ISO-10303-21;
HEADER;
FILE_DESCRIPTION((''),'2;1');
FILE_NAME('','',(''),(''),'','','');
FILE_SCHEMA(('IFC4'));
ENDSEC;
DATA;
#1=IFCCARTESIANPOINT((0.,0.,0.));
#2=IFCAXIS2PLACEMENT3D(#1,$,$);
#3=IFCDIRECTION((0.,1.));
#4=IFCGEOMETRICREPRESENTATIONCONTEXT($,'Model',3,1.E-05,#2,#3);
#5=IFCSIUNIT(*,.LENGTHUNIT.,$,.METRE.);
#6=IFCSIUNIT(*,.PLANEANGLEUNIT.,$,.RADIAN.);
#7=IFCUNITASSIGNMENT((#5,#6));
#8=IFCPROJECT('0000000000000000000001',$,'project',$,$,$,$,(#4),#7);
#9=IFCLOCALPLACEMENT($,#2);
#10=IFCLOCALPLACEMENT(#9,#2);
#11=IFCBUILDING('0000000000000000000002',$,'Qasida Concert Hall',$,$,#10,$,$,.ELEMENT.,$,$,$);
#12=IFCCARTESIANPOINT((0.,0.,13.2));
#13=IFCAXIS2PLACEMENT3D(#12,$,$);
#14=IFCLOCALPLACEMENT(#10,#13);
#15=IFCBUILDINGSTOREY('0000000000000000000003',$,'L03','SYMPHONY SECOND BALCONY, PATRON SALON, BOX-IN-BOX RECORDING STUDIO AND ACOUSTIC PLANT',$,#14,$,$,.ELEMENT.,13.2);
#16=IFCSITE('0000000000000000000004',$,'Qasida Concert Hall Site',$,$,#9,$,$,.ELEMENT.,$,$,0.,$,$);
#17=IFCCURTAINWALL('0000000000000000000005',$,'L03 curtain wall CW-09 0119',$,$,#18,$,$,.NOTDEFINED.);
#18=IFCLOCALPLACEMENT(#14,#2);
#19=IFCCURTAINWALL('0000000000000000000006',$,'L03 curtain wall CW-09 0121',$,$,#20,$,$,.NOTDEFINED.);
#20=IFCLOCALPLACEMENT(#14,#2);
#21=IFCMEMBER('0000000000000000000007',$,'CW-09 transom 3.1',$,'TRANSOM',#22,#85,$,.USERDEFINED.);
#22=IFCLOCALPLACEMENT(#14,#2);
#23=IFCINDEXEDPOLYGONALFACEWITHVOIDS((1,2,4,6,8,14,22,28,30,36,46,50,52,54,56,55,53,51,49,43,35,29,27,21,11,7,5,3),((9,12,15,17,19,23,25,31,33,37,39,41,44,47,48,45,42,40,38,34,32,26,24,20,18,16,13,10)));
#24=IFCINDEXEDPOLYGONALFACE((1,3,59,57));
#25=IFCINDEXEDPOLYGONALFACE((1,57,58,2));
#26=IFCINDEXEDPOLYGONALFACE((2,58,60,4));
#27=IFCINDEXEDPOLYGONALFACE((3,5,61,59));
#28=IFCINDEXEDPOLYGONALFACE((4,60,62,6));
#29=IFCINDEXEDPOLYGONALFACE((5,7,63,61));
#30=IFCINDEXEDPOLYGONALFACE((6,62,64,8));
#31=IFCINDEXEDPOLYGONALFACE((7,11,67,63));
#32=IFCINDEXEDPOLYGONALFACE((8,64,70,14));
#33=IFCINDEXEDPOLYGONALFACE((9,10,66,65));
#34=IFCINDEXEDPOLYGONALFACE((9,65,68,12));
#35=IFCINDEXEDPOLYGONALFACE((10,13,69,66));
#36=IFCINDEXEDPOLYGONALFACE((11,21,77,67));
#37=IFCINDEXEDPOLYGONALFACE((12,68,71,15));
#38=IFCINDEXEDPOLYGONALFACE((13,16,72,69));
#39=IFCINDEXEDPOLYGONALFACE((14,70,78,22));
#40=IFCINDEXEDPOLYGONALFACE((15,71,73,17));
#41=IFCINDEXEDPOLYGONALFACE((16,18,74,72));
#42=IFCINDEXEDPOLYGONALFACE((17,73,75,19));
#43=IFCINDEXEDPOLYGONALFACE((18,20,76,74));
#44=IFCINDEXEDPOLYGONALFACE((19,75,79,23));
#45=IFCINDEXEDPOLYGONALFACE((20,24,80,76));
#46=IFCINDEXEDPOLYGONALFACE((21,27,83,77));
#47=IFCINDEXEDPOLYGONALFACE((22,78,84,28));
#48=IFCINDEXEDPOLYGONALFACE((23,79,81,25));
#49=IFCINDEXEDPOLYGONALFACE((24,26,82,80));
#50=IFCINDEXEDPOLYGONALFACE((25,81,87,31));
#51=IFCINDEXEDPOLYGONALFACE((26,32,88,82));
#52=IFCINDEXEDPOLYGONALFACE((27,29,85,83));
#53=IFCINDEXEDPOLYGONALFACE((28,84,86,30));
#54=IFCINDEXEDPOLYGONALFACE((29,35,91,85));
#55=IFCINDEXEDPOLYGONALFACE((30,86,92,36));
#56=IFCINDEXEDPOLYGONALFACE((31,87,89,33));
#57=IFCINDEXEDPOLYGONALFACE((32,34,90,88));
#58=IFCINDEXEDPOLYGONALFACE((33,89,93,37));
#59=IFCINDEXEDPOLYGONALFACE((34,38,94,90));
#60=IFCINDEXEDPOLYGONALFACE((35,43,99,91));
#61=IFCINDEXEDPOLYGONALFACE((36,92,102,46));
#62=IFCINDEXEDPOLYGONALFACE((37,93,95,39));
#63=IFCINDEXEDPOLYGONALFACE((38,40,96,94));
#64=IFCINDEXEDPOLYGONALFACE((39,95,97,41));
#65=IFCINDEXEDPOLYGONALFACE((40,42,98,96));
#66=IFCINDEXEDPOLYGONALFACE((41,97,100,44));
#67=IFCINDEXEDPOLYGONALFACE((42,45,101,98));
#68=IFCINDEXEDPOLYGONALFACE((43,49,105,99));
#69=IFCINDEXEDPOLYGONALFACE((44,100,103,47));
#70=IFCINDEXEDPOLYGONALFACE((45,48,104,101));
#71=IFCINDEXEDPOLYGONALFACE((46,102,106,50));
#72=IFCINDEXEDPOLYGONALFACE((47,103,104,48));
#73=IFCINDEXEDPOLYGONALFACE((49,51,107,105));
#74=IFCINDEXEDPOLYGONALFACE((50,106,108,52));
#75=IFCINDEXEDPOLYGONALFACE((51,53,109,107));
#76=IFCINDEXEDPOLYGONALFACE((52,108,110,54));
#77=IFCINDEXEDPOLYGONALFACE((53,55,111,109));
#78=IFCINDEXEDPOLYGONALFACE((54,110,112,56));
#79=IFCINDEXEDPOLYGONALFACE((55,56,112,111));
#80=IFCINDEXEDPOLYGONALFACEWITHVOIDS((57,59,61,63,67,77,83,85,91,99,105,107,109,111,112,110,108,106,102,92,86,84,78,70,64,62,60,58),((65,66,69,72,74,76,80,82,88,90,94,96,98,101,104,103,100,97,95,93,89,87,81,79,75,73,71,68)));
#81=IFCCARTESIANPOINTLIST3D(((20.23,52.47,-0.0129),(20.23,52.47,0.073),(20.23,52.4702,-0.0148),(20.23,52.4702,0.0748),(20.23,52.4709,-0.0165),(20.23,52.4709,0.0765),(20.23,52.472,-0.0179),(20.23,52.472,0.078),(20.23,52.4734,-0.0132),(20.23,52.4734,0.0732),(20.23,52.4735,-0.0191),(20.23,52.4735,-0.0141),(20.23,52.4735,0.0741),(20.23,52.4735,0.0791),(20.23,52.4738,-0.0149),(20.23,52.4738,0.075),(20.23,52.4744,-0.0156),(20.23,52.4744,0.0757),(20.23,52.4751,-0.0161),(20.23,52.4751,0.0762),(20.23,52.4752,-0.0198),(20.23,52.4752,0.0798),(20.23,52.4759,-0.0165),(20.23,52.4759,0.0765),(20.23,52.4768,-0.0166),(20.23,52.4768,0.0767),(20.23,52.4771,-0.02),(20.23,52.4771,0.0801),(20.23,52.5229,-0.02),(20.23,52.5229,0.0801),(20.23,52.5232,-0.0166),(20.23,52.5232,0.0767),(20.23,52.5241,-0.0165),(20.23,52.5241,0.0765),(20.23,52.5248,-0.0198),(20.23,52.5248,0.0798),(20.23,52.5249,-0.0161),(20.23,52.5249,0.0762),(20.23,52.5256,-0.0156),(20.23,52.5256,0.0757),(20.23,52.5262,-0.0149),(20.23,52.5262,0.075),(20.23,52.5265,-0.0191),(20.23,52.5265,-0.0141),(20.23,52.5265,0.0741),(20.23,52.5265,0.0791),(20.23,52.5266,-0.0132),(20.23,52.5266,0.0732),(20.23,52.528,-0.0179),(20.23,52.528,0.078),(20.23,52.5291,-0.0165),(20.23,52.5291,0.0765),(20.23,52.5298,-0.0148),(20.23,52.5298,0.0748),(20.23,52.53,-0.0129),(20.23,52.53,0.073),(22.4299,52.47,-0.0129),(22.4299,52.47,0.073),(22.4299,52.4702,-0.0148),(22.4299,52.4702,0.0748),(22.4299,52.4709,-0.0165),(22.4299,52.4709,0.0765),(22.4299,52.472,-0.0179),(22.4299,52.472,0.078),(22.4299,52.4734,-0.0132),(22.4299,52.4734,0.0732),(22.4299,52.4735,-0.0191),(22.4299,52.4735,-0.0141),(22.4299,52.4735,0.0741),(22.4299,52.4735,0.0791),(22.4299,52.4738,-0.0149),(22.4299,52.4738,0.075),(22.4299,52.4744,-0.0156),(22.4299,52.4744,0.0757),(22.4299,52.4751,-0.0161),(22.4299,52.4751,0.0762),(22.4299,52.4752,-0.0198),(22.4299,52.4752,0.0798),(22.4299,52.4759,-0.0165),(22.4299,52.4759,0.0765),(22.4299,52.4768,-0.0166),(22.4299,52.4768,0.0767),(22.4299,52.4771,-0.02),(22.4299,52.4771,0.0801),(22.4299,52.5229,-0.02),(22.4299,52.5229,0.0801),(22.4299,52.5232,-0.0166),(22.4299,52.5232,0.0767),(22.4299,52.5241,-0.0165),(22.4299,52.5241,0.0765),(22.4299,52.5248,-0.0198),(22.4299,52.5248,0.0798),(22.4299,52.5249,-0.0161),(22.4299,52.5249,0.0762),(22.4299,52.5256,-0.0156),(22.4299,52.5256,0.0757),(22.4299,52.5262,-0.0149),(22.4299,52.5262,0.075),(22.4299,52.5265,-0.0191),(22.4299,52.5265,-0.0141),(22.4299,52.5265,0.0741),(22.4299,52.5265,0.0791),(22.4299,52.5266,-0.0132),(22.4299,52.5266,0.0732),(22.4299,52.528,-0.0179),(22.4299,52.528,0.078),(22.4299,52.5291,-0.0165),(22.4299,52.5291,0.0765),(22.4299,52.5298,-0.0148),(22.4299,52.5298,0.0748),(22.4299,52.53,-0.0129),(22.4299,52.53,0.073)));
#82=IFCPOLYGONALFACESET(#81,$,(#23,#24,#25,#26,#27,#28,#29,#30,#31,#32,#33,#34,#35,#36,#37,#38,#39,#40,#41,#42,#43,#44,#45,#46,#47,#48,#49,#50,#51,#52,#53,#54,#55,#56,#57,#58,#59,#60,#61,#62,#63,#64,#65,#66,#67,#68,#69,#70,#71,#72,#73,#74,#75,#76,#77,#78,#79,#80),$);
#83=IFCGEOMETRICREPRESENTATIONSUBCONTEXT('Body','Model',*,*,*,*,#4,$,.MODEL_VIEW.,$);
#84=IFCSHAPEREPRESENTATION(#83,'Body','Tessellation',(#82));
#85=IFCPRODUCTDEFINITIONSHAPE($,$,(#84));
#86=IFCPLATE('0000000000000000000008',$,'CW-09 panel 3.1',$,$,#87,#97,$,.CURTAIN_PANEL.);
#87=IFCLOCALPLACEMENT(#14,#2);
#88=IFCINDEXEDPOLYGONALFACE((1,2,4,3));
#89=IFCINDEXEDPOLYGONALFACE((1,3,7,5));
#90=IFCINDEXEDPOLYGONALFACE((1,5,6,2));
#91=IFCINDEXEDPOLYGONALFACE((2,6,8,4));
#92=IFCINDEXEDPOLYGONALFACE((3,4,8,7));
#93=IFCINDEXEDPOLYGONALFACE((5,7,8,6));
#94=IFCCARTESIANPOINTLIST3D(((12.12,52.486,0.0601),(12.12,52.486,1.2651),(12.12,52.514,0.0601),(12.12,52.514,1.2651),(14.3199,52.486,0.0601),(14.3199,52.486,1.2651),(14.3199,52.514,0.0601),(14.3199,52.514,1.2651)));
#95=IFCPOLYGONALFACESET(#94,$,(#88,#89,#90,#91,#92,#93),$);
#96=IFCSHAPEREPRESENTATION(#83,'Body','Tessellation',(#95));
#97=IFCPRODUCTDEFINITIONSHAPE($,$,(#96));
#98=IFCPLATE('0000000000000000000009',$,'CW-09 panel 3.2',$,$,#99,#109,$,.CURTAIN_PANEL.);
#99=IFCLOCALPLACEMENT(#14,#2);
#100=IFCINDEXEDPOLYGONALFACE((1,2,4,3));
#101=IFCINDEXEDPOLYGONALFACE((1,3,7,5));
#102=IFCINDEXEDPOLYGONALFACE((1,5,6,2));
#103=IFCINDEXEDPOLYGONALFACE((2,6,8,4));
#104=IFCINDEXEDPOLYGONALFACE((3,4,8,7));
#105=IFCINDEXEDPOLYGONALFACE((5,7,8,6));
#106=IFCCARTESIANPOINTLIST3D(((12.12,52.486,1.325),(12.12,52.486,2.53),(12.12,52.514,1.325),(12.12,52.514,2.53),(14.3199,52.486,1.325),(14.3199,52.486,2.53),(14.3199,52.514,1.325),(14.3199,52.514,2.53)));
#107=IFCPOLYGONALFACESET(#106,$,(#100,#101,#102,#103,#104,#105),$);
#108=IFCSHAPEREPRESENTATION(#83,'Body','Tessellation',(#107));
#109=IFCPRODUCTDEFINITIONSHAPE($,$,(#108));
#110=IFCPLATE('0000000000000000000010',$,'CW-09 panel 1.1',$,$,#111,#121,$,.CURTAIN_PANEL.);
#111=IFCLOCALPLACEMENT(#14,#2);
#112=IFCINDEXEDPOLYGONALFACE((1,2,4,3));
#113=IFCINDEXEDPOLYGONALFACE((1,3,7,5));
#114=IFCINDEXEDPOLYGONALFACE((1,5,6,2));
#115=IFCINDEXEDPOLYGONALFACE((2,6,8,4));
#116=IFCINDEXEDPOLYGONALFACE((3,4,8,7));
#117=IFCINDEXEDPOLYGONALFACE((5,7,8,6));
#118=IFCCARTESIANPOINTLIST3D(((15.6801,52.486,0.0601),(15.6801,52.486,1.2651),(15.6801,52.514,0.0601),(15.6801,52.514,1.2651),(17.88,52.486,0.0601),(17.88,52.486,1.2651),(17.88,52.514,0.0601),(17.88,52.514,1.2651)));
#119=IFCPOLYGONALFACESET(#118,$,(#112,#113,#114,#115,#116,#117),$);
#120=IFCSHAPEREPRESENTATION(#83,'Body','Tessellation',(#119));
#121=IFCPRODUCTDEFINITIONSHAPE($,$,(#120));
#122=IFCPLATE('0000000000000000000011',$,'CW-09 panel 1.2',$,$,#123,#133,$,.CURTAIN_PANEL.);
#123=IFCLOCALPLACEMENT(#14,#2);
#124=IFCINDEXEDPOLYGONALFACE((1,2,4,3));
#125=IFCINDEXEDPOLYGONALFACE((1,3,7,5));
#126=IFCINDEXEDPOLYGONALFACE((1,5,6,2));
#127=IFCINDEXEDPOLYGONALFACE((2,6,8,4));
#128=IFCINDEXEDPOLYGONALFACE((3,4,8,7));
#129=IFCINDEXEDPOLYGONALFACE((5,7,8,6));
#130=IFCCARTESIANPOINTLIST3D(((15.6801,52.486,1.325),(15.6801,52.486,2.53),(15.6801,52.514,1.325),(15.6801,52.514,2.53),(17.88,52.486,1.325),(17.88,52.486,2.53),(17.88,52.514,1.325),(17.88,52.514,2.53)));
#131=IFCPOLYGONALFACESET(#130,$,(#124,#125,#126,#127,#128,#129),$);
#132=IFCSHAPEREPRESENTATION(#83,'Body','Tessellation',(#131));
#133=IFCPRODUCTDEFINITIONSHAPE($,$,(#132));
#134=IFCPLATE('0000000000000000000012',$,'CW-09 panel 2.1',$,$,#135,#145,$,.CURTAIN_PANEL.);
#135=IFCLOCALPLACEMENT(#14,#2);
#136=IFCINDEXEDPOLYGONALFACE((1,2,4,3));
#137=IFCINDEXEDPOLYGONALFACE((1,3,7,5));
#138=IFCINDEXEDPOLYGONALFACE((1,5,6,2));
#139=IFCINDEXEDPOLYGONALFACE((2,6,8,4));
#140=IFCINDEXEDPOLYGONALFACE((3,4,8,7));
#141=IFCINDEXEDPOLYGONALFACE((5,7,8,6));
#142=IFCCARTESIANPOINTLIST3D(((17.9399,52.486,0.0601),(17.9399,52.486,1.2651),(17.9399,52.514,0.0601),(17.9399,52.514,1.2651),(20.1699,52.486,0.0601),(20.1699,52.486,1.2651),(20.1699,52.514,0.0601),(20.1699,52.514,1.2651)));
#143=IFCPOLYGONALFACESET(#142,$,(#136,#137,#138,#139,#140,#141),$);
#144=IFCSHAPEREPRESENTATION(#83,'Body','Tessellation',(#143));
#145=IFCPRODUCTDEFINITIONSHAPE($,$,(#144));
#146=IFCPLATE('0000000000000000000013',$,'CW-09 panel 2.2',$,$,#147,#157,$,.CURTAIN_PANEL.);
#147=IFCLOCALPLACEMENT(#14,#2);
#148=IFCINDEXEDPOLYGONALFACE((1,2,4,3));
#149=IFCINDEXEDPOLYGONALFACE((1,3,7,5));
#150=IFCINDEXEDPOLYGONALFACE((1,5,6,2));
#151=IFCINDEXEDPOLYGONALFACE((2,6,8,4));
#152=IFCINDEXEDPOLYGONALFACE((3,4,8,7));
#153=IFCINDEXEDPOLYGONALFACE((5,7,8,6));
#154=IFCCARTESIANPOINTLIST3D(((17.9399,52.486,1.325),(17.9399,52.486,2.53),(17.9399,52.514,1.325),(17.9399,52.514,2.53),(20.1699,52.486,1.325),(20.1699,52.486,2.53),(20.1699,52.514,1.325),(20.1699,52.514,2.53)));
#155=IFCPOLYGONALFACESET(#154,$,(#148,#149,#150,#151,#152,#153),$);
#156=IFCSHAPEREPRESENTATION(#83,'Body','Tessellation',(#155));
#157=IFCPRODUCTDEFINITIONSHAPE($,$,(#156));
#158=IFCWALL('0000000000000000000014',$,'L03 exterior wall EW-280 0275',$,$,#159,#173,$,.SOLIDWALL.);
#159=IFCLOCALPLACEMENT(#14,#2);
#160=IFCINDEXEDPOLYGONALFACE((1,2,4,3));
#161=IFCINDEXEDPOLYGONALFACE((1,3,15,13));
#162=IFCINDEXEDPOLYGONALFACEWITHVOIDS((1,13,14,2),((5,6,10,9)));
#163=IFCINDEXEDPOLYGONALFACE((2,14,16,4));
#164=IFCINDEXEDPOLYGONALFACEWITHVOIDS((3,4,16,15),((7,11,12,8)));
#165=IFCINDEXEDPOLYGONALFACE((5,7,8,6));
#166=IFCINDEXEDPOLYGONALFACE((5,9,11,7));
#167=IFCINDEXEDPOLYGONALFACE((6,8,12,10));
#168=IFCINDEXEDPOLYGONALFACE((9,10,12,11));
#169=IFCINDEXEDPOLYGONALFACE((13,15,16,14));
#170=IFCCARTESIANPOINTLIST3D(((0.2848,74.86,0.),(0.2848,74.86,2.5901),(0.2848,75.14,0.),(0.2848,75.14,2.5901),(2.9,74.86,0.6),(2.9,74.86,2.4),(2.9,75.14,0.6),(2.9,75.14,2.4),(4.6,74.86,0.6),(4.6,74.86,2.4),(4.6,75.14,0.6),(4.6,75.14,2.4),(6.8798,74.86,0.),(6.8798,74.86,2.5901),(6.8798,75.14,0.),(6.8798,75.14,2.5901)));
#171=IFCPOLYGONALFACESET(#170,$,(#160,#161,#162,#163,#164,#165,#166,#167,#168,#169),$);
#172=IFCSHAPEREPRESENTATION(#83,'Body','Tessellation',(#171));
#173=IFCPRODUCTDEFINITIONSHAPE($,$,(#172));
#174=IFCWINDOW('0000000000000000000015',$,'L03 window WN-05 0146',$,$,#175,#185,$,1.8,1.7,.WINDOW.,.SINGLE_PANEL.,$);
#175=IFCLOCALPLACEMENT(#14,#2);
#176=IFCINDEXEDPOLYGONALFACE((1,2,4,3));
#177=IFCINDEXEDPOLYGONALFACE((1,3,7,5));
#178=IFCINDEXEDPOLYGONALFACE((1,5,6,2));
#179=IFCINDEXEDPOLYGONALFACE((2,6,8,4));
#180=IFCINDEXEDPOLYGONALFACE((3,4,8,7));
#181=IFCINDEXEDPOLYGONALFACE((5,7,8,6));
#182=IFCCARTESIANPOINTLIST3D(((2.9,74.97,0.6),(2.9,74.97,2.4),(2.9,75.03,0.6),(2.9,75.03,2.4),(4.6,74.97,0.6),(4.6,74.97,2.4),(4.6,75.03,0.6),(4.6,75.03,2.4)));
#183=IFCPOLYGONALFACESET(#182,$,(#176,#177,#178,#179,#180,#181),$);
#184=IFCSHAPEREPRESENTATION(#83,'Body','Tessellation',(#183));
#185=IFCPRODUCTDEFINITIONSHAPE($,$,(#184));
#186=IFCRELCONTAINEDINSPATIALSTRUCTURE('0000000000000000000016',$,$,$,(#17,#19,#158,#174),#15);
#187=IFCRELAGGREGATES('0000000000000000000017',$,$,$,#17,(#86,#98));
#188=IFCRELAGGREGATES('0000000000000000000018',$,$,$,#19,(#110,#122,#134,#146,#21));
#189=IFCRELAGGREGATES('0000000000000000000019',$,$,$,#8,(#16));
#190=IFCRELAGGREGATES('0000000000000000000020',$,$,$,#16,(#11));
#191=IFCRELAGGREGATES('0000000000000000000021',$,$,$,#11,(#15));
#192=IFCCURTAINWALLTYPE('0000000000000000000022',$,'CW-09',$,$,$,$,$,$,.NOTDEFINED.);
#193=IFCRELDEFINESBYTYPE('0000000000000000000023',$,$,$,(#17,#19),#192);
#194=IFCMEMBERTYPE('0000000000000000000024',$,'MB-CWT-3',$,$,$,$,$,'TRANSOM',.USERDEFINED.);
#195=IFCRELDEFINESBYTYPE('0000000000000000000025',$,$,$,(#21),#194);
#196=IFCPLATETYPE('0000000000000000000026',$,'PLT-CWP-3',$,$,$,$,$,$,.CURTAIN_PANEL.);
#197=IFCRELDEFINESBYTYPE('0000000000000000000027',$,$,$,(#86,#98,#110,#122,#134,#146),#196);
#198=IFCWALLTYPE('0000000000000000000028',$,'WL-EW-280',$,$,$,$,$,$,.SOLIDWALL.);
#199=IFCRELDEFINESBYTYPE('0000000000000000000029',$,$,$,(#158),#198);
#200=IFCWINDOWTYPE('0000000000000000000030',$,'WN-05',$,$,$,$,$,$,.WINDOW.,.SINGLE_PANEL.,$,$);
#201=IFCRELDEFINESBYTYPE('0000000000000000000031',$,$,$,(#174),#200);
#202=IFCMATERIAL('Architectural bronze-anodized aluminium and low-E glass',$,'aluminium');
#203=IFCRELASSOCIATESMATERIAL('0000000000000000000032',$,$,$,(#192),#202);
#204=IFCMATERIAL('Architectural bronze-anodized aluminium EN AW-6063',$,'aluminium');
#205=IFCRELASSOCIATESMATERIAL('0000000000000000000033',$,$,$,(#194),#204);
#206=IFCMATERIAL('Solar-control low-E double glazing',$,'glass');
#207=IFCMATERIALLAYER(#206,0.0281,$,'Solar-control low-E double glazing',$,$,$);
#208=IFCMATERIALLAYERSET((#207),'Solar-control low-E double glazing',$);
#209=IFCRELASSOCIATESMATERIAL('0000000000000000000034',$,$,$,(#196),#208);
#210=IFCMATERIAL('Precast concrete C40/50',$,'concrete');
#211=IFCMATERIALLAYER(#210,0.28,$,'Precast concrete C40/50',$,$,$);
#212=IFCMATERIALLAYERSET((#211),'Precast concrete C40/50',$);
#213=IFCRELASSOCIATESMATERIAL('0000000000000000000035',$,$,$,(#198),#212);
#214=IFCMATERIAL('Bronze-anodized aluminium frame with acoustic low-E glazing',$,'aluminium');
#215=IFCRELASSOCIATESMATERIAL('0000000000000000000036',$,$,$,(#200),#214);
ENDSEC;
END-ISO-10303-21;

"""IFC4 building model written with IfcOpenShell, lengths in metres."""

from ifc_helpers import new_model, si_unit, direction, frame, frame_2d, origin, origin_2d, place, context, subcontext, project, spatial, rectangle, hollow_rectangle, extrude, material, layer, layer_set, material_profile, profile_set, type_object, element, fill, aggregate, save


model = new_model("IFC4")

# Units and contexts
model_context = context("Model", 3, precision=1e-05, world=origin(), true_north=direction((0.0, 1.0)))
body_context = subcontext(model_context, "Body", "Model", "MODEL_VIEW")
ifc_project = project(units=[si_unit("LENGTHUNIT", "METRE"), si_unit("PLANEANGLEUNIT", "RADIAN")], contexts=[model_context])

# Site, building, storey
site_placement = place(None, origin())
site = spatial("IfcSite", under=ifc_project, at=site_placement, Name="Qasida Concert Hall Site", CompositionType="ELEMENT", RefElevation=0.0)
building_placement = place(site_placement, origin())
building = spatial("IfcBuilding", under=site, at=building_placement, Name="Qasida Concert Hall", CompositionType="ELEMENT")
storey_placement = place(building_placement, frame((0.0, 0.0, 13.2)))
storey = spatial("IfcBuildingStorey", under=building, at=storey_placement, Name="L03", Description="SYMPHONY SECOND BALCONY, PATRON SALON, BOX-IN-BOX RECORDING STUDIO AND ACOUSTIC PLANT", CompositionType="ELEMENT", Elevation=13.2)

# Curtain wall
ifc_material_1 = material(Name="Architectural bronze-anodized aluminium and low-E glass", Category="aluminium")
curtain_wall_type = type_object("IfcCurtainWallType", Name="CW-09", PredefinedType="NOTDEFINED", material=ifc_material_1)
curtain_wall_1_placement = place(storey_placement, origin())
curtain_wall_1 = element("IfcCurtainWall", 1, at=curtain_wall_1_placement, inside=storey, type_object=curtain_wall_type, Name="L03 curtain wall CW-09 0119", PredefinedType="NOTDEFINED")
ifc_material_2 = material(Name="Architectural bronze-anodized aluminium EN AW-6063", Category="aluminium")

# Curtain wall
curtain_wall_2_placement = place(storey_placement, origin())
curtain_wall_2 = element("IfcCurtainWall", 2, at=curtain_wall_2_placement, inside=storey, type_object=curtain_wall_type, Name="L03 curtain wall CW-09 0121", PredefinedType="NOTDEFINED")

# Member
ifc_material_profile_1 = material_profile(ifc_material_2, hollow_rectangle(XDim=0.0601, YDim=0.1001, WallThickness=0.0034, InnerFilletRadius=0.0034, OuterFilletRadius=0.0071, at=origin_2d()), Name="CWT 100x60x3.5")
ifc_profile_set_1 = profile_set([ifc_material_profile_1], Name="Architectural bronze-anodized aluminium EN AW-6063")
member_type_1 = type_object("IfcMemberType", Name="MB-CWT-3", ElementType="TRANSOM", PredefinedType="USERDEFINED", material=ifc_profile_set_1)
member_1_placement = place(storey_placement, frame((20.23, 52.5, 0.03), z_axis=(1.0, 0.0, 0.0), x_axis=(0.0, 1.0, 0.0)))
member_1 = element("IfcMember", 3, at=member_1_placement, type_object=member_type_1, Name="CW-09 transom 3.1", ObjectType="TRANSOM", PredefinedType="USERDEFINED", context=body_context, shape_type="SweptSolid", body=[
    extrude(hollow_rectangle(XDim=0.0601, YDim=0.1001, WallThickness=0.0034, InnerFilletRadius=0.0034, OuterFilletRadius=0.0071, at=origin_2d()), origin(), (0.0, 0.0, 1.0), 2.2),
])

# Plates
ifc_material_3 = material(Name="Solar-control low-E double glazing", Category="glass")
ifc_layer_1 = layer(ifc_material_3, 0.0281, Name="Solar-control low-E double glazing")
ifc_layer_set_1 = layer_set([ifc_layer_1], Name="Solar-control low-E double glazing")
plate_type = type_object("IfcPlateType", Name="PLT-CWP-3", PredefinedType="CURTAIN_PANEL", material=ifc_layer_set_1)
plate_1_placement = place(storey_placement, frame((13.22, 52.5, 0.0601), z_axis=(0.0, 0.0, 1.0), x_axis=(1.0, 0.0, 0.0)))
plate_1 = element("IfcPlate", 4, at=plate_1_placement, type_object=plate_type, Name="CW-09 panel 3.1", PredefinedType="CURTAIN_PANEL", context=body_context, shape_type="SweptSolid", body=[
    extrude(rectangle(XDim=2.2, YDim=0.0281, at=origin_2d()), origin(), (0.0, 0.0, 1.0), 1.2051),
])
plate_2_placement = place(storey_placement, frame((13.22, 52.5, 1.325), z_axis=(0.0, 0.0, 1.0), x_axis=(1.0, 0.0, 0.0)))
plate_2 = element("IfcPlate", 5, at=plate_2_placement, type_object=plate_type, Name="CW-09 panel 3.2", PredefinedType="CURTAIN_PANEL", context=body_context, shape_type="SweptSolid", body=[
    extrude(rectangle(XDim=2.2, YDim=0.0281, at=origin_2d()), origin(), (0.0, 0.0, 1.0), 1.2051),
])
aggregate(curtain_wall_1, [plate_1, plate_2])
plate_3_placement = place(storey_placement, frame((16.78, 52.5, 0.0601), z_axis=(0.0, 0.0, 1.0), x_axis=(1.0, 0.0, 0.0)))
plate_3 = element("IfcPlate", 6, at=plate_3_placement, type_object=plate_type, Name="CW-09 panel 1.1", PredefinedType="CURTAIN_PANEL", context=body_context, shape_type="SweptSolid", body=[
    extrude(rectangle(XDim=2.2, YDim=0.0281, at=origin_2d()), origin(), (0.0, 0.0, 1.0), 1.2051),
])
plate_4_placement = place(storey_placement, frame((16.78, 52.5, 1.325), z_axis=(0.0, 0.0, 1.0), x_axis=(1.0, 0.0, 0.0)))
plate_4 = element("IfcPlate", 7, at=plate_4_placement, type_object=plate_type, Name="CW-09 panel 1.2", PredefinedType="CURTAIN_PANEL", context=body_context, shape_type="SweptSolid", body=[
    extrude(rectangle(XDim=2.2, YDim=0.0281, at=origin_2d()), origin(), (0.0, 0.0, 1.0), 1.2051),
])
plate_5_placement = place(storey_placement, frame((19.0549, 52.5, 0.0601), z_axis=(0.0, 0.0, 1.0), x_axis=(1.0, 0.0, 0.0)))
plate_5 = element("IfcPlate", 8, at=plate_5_placement, type_object=plate_type, Name="CW-09 panel 2.1", PredefinedType="CURTAIN_PANEL", context=body_context, shape_type="SweptSolid", body=[
    extrude(rectangle(XDim=2.23, YDim=0.0281, at=origin_2d()), origin(), (0.0, 0.0, 1.0), 1.2051),
])
plate_6_placement = place(storey_placement, frame((19.0549, 52.5, 1.325), z_axis=(0.0, 0.0, 1.0), x_axis=(1.0, 0.0, 0.0)))
plate_6 = element("IfcPlate", 9, at=plate_6_placement, type_object=plate_type, Name="CW-09 panel 2.2", PredefinedType="CURTAIN_PANEL", context=body_context, shape_type="SweptSolid", body=[
    extrude(rectangle(XDim=2.23, YDim=0.0281, at=origin_2d()), origin(), (0.0, 0.0, 1.0), 1.2051),
])
aggregate(curtain_wall_2, [plate_3, plate_4, plate_5, plate_6, member_1])

# Wall, opening, window
ifc_material_4 = material(Name="Precast concrete C40/50", Category="concrete")
ifc_layer_2 = layer(ifc_material_4, 0.28, Name="Precast concrete C40/50")
ifc_layer_set_2 = layer_set([ifc_layer_2], Name="Precast concrete C40/50")
wall_type_1 = type_object("IfcWallType", Name="WL-EW-280", PredefinedType="SOLIDWALL", material=ifc_layer_set_2)
wall_1_placement = place(storey_placement, frame((0.2849, 75.0, 0.0), z_axis=(0.0, 0.0, 1.0), x_axis=(1.0, 0.0, 0.0)))
wall_1 = element("IfcWall", 10, at=wall_1_placement, inside=storey, type_object=wall_type_1, Name="L03 exterior wall EW-280 0275", PredefinedType="SOLIDWALL", context=body_context, shape_type="SweptSolid", body=[
    extrude(rectangle(XDim=6.595, YDim=0.28, at=frame_2d((3.2974, 0.0))), origin(), (0.0, 0.0, 1.0), 2.5901),
])
opening_1_placement = place(wall_1_placement, frame((2.615, 0.0, 0.6001)))
opening_1 = element("IfcOpeningElement", 11, at=opening_1_placement, cuts=wall_1, PredefinedType="OPENING", context=body_context, shape_type="SweptSolid", body=[
    extrude(rectangle(XDim=1.7, YDim=1.8, at=frame_2d((0.8501, 0.8999))), frame((0.0, 0.1499, 0.0), z_axis=(0.0, -1.0, 0.0), x_axis=(1.0, 0.0, 0.0)), (0.0, 0.0, 1.0), 0.3),
])
ifc_material_5 = material(Name="Bronze-anodized aluminium frame with acoustic low-E glazing", Category="aluminium")
window_type_1 = type_object("IfcWindowType", Name="WN-05", PartitioningType="SINGLE_PANEL", PredefinedType="WINDOW", material=ifc_material_5)
window_1_placement = place(opening_1_placement, origin())
window_1 = element("IfcWindow", 12, at=window_1_placement, inside=storey, type_object=window_type_1, Name="L03 window WN-05 0146", OverallHeight=1.8, OverallWidth=1.7, PartitioningType="SINGLE_PANEL", PredefinedType="WINDOW", context=body_context, shape_type="SweptSolid", body=[
    extrude(rectangle(XDim=1.7, YDim=1.8, at=frame_2d((0.8501, 0.8999))), frame((0.0, 0.03, 0.0), z_axis=(0.0, -1.0, 0.0), x_axis=(1.0, 0.0, 0.0)), (0.0, 0.0, 1.0), 0.0601),
])
fill(opening_1, window_1)

save(model, "model.ifc")
